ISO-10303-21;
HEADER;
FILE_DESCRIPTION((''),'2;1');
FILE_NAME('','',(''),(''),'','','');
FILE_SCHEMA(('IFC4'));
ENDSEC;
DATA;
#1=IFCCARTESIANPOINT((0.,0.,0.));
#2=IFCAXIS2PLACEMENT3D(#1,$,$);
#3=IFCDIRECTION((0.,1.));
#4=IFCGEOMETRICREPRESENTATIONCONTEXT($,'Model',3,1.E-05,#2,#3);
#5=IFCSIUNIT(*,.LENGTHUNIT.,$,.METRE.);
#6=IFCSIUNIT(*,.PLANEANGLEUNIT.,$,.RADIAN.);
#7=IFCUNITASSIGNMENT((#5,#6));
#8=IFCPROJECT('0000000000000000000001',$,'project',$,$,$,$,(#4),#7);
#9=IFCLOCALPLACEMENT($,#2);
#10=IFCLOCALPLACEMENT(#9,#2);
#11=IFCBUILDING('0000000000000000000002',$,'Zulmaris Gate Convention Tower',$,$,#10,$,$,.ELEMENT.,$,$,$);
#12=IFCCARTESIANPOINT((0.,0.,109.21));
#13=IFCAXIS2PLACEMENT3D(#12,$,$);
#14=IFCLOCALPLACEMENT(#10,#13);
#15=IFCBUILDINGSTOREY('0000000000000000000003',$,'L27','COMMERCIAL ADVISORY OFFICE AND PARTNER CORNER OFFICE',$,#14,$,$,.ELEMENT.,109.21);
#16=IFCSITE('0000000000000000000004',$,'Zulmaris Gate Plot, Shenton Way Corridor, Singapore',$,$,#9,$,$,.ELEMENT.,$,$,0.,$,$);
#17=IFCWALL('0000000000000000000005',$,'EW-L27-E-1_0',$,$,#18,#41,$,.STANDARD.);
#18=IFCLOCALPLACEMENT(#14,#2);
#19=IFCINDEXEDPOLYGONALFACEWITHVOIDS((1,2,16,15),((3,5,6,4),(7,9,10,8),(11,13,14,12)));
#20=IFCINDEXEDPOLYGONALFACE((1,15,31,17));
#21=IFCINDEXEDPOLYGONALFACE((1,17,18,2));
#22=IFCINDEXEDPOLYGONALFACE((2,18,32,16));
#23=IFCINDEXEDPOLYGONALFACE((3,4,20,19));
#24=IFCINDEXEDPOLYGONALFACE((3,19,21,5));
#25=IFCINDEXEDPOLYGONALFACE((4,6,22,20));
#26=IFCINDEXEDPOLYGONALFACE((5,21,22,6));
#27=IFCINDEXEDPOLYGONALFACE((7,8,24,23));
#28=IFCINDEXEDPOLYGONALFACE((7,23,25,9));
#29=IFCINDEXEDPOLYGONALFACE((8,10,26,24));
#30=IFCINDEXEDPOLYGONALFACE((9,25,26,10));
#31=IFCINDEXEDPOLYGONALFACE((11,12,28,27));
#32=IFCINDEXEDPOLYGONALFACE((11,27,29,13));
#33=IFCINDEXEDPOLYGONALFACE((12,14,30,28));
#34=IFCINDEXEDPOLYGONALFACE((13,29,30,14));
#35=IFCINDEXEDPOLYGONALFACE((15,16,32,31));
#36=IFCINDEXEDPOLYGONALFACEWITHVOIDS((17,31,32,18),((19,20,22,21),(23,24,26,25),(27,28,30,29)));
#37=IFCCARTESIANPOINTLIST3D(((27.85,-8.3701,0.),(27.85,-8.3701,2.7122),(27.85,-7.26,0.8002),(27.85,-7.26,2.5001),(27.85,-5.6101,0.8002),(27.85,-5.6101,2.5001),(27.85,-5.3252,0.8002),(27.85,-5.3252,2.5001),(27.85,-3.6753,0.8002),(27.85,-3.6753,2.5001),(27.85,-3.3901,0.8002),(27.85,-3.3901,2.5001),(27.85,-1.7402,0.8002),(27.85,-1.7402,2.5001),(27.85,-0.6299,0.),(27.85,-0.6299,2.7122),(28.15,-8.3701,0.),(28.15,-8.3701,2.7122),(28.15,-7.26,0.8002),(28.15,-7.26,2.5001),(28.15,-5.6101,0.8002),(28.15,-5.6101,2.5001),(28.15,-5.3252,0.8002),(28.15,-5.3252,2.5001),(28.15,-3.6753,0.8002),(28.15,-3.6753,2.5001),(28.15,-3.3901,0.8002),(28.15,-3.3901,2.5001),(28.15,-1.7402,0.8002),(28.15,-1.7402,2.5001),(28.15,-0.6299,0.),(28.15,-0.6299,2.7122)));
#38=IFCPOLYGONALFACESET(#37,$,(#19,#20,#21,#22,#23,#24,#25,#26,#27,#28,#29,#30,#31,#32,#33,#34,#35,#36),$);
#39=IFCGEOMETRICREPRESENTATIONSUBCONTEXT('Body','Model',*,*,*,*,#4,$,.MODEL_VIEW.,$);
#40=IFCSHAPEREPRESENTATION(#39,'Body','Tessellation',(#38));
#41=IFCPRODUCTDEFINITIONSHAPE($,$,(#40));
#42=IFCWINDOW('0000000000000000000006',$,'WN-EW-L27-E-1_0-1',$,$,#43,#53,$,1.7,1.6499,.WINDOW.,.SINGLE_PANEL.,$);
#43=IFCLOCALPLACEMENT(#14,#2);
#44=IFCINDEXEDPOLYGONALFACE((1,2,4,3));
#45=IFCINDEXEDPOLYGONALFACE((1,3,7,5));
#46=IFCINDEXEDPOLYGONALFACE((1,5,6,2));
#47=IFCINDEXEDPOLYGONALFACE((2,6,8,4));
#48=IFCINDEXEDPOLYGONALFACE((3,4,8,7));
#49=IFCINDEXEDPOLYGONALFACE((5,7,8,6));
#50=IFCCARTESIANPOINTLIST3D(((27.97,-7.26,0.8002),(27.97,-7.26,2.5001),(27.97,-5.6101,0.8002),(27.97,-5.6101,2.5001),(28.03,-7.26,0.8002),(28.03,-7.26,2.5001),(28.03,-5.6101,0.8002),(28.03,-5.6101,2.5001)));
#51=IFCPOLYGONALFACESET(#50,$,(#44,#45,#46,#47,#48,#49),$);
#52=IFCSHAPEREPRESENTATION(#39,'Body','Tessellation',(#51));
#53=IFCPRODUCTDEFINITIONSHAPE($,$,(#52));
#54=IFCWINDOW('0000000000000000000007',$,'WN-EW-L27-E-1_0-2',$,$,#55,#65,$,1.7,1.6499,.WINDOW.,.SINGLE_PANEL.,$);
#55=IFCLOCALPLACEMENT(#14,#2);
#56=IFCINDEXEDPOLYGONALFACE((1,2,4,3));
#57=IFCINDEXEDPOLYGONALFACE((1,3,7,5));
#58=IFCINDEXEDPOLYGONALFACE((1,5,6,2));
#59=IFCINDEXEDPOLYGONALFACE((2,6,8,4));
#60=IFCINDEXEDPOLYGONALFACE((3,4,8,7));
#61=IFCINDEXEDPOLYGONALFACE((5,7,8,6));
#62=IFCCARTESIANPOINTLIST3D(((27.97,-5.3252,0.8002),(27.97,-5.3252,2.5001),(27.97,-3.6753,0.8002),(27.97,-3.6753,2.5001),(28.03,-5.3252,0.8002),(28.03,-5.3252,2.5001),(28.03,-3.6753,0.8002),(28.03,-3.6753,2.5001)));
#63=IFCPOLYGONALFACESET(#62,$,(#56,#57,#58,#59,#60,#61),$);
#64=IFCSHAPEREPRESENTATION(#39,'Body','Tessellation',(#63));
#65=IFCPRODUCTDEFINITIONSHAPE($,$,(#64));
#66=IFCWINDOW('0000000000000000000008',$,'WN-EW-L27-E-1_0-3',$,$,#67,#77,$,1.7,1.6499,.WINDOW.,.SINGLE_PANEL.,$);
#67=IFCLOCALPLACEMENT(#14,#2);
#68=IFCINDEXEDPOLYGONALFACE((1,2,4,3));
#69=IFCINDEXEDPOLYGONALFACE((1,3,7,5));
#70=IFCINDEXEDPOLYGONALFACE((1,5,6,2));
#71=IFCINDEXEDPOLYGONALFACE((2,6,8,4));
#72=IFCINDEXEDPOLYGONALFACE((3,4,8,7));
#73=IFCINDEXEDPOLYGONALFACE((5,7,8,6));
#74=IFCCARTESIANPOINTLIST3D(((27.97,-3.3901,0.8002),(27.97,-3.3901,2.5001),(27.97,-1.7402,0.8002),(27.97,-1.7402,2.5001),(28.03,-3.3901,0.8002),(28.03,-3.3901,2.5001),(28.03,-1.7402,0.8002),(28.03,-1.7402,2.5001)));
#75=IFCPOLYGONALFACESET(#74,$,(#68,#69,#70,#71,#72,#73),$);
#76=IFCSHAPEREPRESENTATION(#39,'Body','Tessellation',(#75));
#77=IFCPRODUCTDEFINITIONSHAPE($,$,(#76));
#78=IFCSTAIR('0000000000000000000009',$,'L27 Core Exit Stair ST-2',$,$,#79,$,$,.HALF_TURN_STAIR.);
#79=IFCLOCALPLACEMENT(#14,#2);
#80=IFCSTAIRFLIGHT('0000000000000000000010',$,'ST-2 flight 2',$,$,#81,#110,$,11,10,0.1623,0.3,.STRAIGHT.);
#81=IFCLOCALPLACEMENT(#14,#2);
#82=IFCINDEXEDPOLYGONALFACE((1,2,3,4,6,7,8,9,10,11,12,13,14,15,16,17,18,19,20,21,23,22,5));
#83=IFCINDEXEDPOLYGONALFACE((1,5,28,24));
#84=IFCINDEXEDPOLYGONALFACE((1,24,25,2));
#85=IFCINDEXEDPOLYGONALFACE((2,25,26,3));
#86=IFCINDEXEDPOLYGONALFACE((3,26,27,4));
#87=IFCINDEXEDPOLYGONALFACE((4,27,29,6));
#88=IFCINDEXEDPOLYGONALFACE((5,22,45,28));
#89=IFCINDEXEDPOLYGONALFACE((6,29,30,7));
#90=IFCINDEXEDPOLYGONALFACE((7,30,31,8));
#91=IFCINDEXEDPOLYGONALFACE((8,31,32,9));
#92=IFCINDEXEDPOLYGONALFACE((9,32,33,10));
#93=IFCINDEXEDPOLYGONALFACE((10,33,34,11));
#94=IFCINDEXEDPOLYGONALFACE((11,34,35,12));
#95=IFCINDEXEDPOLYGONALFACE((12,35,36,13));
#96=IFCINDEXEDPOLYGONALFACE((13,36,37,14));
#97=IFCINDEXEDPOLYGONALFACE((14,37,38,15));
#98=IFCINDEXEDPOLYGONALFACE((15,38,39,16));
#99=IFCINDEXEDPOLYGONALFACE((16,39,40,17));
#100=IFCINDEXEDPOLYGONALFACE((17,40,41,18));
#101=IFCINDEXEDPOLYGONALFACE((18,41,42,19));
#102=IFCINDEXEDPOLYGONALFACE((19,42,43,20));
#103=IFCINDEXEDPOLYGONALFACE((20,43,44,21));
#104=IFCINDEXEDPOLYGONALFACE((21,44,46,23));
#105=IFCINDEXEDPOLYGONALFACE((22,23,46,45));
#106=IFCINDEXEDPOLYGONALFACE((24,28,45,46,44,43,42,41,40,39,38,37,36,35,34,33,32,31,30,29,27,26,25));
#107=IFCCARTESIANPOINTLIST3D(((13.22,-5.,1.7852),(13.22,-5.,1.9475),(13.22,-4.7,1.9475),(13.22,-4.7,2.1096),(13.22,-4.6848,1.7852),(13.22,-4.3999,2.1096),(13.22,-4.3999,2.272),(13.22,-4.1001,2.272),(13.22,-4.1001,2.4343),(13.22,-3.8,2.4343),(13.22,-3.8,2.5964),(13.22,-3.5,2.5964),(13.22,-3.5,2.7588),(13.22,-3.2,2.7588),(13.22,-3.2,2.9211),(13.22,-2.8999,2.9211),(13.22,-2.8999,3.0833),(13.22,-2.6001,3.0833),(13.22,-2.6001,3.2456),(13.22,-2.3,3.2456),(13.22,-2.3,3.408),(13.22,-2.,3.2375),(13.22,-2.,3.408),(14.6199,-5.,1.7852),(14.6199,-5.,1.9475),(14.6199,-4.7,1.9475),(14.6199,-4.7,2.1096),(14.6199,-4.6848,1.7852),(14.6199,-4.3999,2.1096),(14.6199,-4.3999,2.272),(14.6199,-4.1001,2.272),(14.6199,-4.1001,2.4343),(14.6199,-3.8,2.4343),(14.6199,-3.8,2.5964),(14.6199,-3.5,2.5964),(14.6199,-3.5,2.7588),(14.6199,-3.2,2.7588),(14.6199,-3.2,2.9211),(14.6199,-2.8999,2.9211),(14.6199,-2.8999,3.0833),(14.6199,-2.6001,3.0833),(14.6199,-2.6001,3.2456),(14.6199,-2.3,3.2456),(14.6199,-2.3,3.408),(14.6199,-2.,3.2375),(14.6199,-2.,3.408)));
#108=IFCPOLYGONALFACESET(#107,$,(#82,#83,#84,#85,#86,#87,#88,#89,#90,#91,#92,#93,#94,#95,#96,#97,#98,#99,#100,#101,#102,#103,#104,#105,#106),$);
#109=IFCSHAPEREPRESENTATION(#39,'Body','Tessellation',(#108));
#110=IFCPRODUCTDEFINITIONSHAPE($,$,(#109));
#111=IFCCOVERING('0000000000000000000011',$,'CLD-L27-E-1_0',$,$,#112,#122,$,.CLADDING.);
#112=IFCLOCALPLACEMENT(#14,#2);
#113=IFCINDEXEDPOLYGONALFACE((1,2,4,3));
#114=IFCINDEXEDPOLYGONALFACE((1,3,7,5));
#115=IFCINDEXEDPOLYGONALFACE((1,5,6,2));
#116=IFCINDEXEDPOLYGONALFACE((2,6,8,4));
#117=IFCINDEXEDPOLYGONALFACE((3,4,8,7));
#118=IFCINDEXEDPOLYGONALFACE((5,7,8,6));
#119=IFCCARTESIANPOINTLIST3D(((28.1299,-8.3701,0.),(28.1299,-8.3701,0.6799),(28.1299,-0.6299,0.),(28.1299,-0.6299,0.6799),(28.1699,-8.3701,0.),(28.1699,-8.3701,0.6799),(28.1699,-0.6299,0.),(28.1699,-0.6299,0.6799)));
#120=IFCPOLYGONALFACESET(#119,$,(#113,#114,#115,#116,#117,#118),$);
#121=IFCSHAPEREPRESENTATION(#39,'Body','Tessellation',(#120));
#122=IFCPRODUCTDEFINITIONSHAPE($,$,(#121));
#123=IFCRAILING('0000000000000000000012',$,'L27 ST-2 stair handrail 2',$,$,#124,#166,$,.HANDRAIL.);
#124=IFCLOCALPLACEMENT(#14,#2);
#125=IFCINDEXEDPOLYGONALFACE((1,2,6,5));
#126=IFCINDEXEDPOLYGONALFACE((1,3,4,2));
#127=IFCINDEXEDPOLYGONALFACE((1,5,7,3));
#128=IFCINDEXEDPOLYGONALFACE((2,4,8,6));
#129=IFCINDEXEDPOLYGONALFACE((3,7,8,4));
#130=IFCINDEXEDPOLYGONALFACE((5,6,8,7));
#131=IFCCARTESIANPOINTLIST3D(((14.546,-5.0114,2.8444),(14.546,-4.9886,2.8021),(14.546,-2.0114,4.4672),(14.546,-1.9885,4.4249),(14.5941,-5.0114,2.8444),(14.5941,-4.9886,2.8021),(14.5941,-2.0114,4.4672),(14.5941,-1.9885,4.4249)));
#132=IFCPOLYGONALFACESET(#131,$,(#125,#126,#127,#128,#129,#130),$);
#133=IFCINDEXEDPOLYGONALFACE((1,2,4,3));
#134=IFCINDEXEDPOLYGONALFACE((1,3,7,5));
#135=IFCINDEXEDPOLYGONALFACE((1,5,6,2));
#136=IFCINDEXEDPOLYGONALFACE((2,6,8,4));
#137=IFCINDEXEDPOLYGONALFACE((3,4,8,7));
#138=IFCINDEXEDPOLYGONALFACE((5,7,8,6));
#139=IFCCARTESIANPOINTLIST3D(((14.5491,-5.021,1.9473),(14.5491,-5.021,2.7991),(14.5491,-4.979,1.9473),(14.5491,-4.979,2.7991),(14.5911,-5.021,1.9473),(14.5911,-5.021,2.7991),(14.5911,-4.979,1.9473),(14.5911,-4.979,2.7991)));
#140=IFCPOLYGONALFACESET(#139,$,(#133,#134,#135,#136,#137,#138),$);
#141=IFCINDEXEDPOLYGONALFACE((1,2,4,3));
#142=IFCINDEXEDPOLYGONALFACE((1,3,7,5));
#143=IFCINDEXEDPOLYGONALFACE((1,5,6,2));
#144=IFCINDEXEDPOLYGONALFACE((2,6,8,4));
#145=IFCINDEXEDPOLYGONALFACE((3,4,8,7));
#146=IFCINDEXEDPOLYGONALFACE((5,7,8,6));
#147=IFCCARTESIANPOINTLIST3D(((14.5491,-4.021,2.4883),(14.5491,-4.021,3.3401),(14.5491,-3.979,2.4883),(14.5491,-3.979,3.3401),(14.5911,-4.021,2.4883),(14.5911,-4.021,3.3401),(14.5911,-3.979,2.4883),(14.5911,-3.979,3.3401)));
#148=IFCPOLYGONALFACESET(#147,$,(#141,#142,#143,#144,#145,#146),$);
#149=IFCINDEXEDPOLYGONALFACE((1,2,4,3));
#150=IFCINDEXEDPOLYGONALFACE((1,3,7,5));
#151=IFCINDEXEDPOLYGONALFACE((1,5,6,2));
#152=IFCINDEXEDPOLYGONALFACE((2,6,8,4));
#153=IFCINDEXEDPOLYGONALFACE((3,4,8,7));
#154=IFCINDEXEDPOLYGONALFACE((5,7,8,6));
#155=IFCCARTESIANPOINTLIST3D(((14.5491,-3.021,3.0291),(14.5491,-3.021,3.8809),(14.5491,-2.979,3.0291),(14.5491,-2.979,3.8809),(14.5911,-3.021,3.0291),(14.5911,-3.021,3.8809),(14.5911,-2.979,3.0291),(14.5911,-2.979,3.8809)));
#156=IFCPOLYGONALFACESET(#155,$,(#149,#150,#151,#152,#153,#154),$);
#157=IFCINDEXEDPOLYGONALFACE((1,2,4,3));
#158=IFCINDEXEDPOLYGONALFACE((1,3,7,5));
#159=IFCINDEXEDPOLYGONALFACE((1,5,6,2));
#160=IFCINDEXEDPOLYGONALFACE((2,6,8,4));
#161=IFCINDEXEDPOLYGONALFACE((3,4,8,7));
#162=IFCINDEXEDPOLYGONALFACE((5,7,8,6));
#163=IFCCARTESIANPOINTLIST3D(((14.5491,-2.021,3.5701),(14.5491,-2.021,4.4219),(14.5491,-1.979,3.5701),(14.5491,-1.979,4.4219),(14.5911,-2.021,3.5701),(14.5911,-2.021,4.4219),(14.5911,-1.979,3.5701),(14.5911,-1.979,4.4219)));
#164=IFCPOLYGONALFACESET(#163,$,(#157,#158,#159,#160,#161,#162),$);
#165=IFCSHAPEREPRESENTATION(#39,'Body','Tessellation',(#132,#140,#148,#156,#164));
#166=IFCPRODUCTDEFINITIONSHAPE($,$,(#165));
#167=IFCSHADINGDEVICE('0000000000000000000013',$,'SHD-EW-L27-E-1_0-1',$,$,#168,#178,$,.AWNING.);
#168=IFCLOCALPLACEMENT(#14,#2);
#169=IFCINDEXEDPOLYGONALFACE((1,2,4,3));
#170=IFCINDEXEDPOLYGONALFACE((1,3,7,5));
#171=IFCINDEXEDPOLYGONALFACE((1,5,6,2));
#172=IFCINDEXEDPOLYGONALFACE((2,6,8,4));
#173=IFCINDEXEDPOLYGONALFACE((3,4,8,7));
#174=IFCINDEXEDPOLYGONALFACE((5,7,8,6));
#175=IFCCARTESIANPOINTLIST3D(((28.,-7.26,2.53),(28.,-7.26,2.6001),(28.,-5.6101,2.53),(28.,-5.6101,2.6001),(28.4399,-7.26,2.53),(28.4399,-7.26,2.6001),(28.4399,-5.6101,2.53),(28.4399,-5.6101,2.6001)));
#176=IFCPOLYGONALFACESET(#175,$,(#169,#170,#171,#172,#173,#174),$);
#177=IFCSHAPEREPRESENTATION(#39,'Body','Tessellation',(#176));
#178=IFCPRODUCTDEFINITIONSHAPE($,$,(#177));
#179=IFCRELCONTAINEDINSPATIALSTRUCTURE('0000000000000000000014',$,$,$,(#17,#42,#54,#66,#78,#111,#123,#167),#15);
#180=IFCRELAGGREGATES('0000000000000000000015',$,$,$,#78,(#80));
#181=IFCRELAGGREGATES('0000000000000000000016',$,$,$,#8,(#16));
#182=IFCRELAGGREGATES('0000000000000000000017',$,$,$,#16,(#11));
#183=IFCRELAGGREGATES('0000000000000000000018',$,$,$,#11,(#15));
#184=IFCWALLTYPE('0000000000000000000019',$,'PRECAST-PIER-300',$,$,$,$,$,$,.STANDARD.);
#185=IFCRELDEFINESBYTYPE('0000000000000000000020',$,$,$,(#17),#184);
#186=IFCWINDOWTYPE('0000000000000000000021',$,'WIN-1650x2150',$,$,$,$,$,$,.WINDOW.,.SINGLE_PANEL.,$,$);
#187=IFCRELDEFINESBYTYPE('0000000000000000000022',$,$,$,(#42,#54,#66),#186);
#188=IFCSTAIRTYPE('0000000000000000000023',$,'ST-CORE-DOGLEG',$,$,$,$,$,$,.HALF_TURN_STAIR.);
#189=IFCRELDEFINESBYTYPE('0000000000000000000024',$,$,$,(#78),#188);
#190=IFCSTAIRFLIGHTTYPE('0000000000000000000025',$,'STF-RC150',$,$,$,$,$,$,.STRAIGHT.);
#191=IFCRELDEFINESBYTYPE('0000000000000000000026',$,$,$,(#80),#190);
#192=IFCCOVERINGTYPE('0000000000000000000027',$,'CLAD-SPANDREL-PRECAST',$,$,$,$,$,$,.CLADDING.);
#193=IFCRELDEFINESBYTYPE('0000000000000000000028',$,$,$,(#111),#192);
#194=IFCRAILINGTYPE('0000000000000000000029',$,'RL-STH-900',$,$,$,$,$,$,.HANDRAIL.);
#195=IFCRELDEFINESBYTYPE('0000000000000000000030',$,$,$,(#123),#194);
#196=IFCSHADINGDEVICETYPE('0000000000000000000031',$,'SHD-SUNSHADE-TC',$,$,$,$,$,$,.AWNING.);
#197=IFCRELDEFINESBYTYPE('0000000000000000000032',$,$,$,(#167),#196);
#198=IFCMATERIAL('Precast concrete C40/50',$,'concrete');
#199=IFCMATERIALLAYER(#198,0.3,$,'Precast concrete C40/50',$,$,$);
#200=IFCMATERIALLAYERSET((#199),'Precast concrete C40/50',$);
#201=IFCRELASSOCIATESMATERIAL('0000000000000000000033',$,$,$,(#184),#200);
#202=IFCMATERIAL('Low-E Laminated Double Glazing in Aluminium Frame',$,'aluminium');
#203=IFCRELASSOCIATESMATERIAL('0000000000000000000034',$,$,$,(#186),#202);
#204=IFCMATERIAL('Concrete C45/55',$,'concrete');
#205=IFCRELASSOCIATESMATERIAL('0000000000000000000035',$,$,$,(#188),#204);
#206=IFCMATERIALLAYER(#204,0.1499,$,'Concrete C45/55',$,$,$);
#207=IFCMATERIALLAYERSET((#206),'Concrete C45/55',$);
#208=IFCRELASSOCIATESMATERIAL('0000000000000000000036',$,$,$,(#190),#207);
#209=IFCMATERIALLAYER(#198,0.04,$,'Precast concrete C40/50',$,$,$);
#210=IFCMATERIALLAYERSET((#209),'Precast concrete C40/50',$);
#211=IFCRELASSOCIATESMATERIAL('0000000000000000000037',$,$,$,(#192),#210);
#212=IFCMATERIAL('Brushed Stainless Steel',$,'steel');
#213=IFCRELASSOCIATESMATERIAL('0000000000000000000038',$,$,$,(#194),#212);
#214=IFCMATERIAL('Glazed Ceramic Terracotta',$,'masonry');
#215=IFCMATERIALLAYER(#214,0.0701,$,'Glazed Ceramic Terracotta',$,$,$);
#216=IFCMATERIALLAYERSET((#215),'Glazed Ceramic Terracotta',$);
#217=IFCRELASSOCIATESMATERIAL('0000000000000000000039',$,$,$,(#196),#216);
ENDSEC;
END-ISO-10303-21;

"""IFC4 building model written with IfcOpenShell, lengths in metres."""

from ifc_helpers import new_model, si_unit, direction, frame, frame_2d, origin, origin_2d, place, context, subcontext, project, spatial, polyline, rectangle, outline, extrude, material, layer, layer_set, type_object, element, fill, aggregate, save


model = new_model("IFC4")

# Units and contexts
model_context = context("Model", 3, precision=1e-05, world=origin(), true_north=direction((0.0, 1.0)))
body_context = subcontext(model_context, "Body", "Model", "MODEL_VIEW")
ifc_project = project(units=[si_unit("LENGTHUNIT", "METRE"), si_unit("PLANEANGLEUNIT", "RADIAN")], contexts=[model_context])

# Site, building, storey
site_placement = place(None, origin())
site = spatial("IfcSite", under=ifc_project, at=site_placement, Name="Zulmaris Gate Plot, Shenton Way Corridor, Singapore", CompositionType="ELEMENT", RefElevation=0.0)
building_placement = place(site_placement, origin())
building = spatial("IfcBuilding", under=site, at=building_placement, Name="Zulmaris Gate Convention Tower", CompositionType="ELEMENT")
storey_placement = place(building_placement, frame((0.0, 0.0, 109.21)))
storey = spatial("IfcBuildingStorey", under=building, at=storey_placement, Name="L27", Description="COMMERCIAL ADVISORY OFFICE AND PARTNER CORNER OFFICE", CompositionType="ELEMENT", Elevation=109.21)

# Shared definitions
ifc_material_1 = material(Name="Brushed Stainless Steel", Category="steel")

# Wall, openings, windows
ifc_material_2 = material(Name="Precast concrete C40/50", Category="concrete")
ifc_layer_1 = layer(ifc_material_2, 0.3, Name="Precast concrete C40/50")
ifc_layer_set_1 = layer_set([ifc_layer_1], Name="Precast concrete C40/50")
wall_type_1 = type_object("IfcWallType", Name="PRECAST-PIER-300", PredefinedType="STANDARD", material=ifc_layer_set_1)
wall_1_placement = place(storey_placement, frame((28.0, -8.3701, 0.0), z_axis=(0.0, 0.0, 1.0), x_axis=(0.0, 1.0, 0.0)))
wall_1 = element("IfcWall", 1, at=wall_1_placement, inside=storey, type_object=wall_type_1, Name="EW-L27-E-1_0", PredefinedType="STANDARD", context=body_context, shape_type="SweptSolid", body=[
    extrude(rectangle(XDim=7.7402, YDim=0.3, at=frame_2d((3.8701, 0.0))), origin(), (0.0, 0.0, 1.0), 2.7122),
])
opening_1_placement = place(wall_1_placement, frame((1.1101, 0.0, 0.8)))
opening_1 = element("IfcOpeningElement", 2, at=opening_1_placement, cuts=wall_1, PredefinedType="OPENING", context=body_context, shape_type="SweptSolid", body=[
    extrude(rectangle(XDim=1.6499, YDim=1.7, at=frame_2d((0.825, 0.8501))), frame((0.0, 0.1602, 0.0), z_axis=(0.0, -1.0, 0.0), x_axis=(1.0, 0.0, 0.0)), (0.0, 0.0, 1.0), 0.3201),
])
opening_2_placement = place(wall_1_placement, frame((3.0449, 0.0, 0.8)))
opening_2 = element("IfcOpeningElement", 3, at=opening_2_placement, cuts=wall_1, PredefinedType="OPENING", context=body_context, shape_type="SweptSolid", body=[
    extrude(rectangle(XDim=1.6499, YDim=1.7, at=frame_2d((0.825, 0.8501))), frame((0.0, 0.1602, 0.0), z_axis=(0.0, -1.0, 0.0), x_axis=(1.0, 0.0, 0.0)), (0.0, 0.0, 1.0), 0.3201),
])
opening_3_placement = place(wall_1_placement, frame((4.98, 0.0, 0.8)))
opening_3 = element("IfcOpeningElement", 4, at=opening_3_placement, cuts=wall_1, PredefinedType="OPENING", context=body_context, shape_type="SweptSolid", body=[
    extrude(rectangle(XDim=1.6499, YDim=1.7, at=frame_2d((0.825, 0.8501))), frame((0.0, 0.1602, 0.0), z_axis=(0.0, -1.0, 0.0), x_axis=(1.0, 0.0, 0.0)), (0.0, 0.0, 1.0), 0.3201),
])
ifc_material_3 = material(Name="Low-E Laminated Double Glazing in Aluminium Frame", Category="aluminium")
window_type = type_object("IfcWindowType", Name="WIN-1650x2150", PartitioningType="SINGLE_PANEL", PredefinedType="WINDOW", material=ifc_material_3)
window_1_placement = place(opening_1_placement, origin())
window_1 = element("IfcWindow", 5, at=window_1_placement, inside=storey, type_object=window_type, Name="WN-EW-L27-E-1_0-1", OverallHeight=1.7, OverallWidth=1.6499, PartitioningType="SINGLE_PANEL", PredefinedType="WINDOW", context=body_context, shape_type="SweptSolid", body=[
    extrude(rectangle(XDim=1.6499, YDim=1.7, at=frame_2d((0.825, 0.8501))), frame((0.0, 0.03, 0.0), z_axis=(0.0, -1.0, 0.0), x_axis=(1.0, 0.0, 0.0)), (0.0, 0.0, 1.0), 0.0601),
])
fill(opening_1, window_1)
window_2_placement = place(opening_2_placement, origin())
window_2 = element("IfcWindow", 6, at=window_2_placement, inside=storey, type_object=window_type, Name="WN-EW-L27-E-1_0-2", OverallHeight=1.7, OverallWidth=1.6499, PartitioningType="SINGLE_PANEL", PredefinedType="WINDOW", context=body_context, shape_type="SweptSolid", body=[
    extrude(rectangle(XDim=1.6499, YDim=1.7, at=frame_2d((0.825, 0.8501))), frame((0.0, 0.03, 0.0), z_axis=(0.0, -1.0, 0.0), x_axis=(1.0, 0.0, 0.0)), (0.0, 0.0, 1.0), 0.0601),
])
fill(opening_2, window_2)
window_3_placement = place(opening_3_placement, origin())
window_3 = element("IfcWindow", 7, at=window_3_placement, inside=storey, type_object=window_type, Name="WN-EW-L27-E-1_0-3", OverallHeight=1.7, OverallWidth=1.6499, PartitioningType="SINGLE_PANEL", PredefinedType="WINDOW", context=body_context, shape_type="SweptSolid", body=[
    extrude(rectangle(XDim=1.6499, YDim=1.7, at=frame_2d((0.825, 0.8501))), frame((0.0, 0.03, 0.0), z_axis=(0.0, -1.0, 0.0), x_axis=(1.0, 0.0, 0.0)), (0.0, 0.0, 1.0), 0.0601),
])
fill(opening_3, window_3)

# Stair, stair flight
ifc_material_4 = material(Name="Concrete C45/55", Category="concrete")
stair_type = type_object("IfcStairType", Name="ST-CORE-DOGLEG", PredefinedType="HALF_TURN_STAIR", material=ifc_material_4)
stair_placement = place(storey_placement, origin())
stair = element("IfcStair", 8, at=stair_placement, inside=storey, type_object=stair_type, Name="L27 Core Exit Stair ST-2", PredefinedType="HALF_TURN_STAIR")
ifc_layer_2 = layer(ifc_material_4, 0.1499, Name="Concrete C45/55")
ifc_layer_set_2 = layer_set([ifc_layer_2], Name="Concrete C45/55")
stair_flight_type = type_object("IfcStairFlightType", Name="STF-RC150", PredefinedType="STRAIGHT", material=ifc_layer_set_2)
stair_flight_placement = place(storey_placement, frame((13.9199, -5.0, 1.7852), z_axis=(0.0, 0.0, 1.0), x_axis=(0.0, 1.0, 0.0)))
stair_flight = element("IfcStairFlight", 9, at=stair_flight_placement, type_object=stair_flight_type, Name="ST-2 flight 2", NumberOfRisers=11, NumberOfTreads=10, PredefinedType="STRAIGHT", RiserHeight=0.1623, TreadLength=0.3, context=body_context, shape_type="SweptSolid", body=[
    extrude(outline(polyline([(0.0, 0.0), (0.0, 0.1624), (0.3, 0.1624), (0.3, 0.3245), (0.6001, 0.3245), (0.6001, 0.4868), (0.8999, 0.4868), (0.8999, 0.6492), (1.2, 0.6492), (1.2, 0.8113), (1.5, 0.8113), (1.5, 0.9736), (1.8, 0.9736), (1.8, 1.136), (2.1001, 1.136), (2.1001, 1.2981), (2.3999, 1.2981), (2.3999, 1.4604), (2.7, 1.4604), (2.7, 1.6228), (3.0, 1.6228), (3.0, 1.7849), (3.0, 1.4524), (0.3152, 0.0), (0.0, 0.0)])), frame((0.0, 0.7, 0.0), z_axis=(0.0, -1.0, 0.0), x_axis=(1.0, 0.0, 0.0)), (0.0, 0.0, 1.0), 1.3999),
])
aggregate(stair, [stair_flight])

# Covering
ifc_layer_3 = layer(ifc_material_2, 0.04, Name="Precast concrete C40/50")
ifc_layer_set_3 = layer_set([ifc_layer_3], Name="Precast concrete C40/50")
covering_type = type_object("IfcCoveringType", Name="CLAD-SPANDREL-PRECAST", PredefinedType="CLADDING", material=ifc_layer_set_3)
covering_placement = place(storey_placement, frame((28.1499, -8.3701, 0.0), z_axis=(0.0, 0.0, 1.0), x_axis=(0.0, 1.0, 0.0)))
element("IfcCovering", 10, at=covering_placement, inside=storey, type_object=covering_type, Name="CLD-L27-E-1_0", PredefinedType="CLADDING", context=body_context, shape_type="SweptSolid", body=[
    extrude(rectangle(XDim=7.7402, YDim=0.04, at=frame_2d((3.8701, 0.0))), origin(), (0.0, 0.0, 1.0), 0.6799),
])

# Railing
railing_type = type_object("IfcRailingType", Name="RL-STH-900", PredefinedType="HANDRAIL", material=ifc_material_1)
railing_placement = place(storey_placement, frame((14.5701, -5.0, 1.9473)))
element("IfcRailing", 11, at=railing_placement, inside=storey, type_object=railing_type, Name="L27 ST-2 stair handrail 2", PredefinedType="HANDRAIL", context=body_context, shape_type="SweptSolid", body=[
    extrude(rectangle(XDim=0.0481, YDim=0.0481, at=origin_2d()), frame((0.0, 0.0, 0.876), z_axis=(0.0, 0.879562, 0.475785), x_axis=(-1.0, 0.0, 0.0)), (0.0, 0.0, 1.0), 3.4109),
    extrude(rectangle(XDim=0.042, YDim=0.042, at=origin_2d()), origin(), (0.0, 0.0, 1.0), 0.8518),
    extrude(rectangle(XDim=0.042, YDim=0.042, at=origin_2d()), frame((0.0, 1.0, 0.541)), (0.0, 0.0, 1.0), 0.8518),
    extrude(rectangle(XDim=0.042, YDim=0.042, at=origin_2d()), frame((0.0, 2.0, 1.0818)), (0.0, 0.0, 1.0), 0.8518),
    extrude(rectangle(XDim=0.042, YDim=0.042, at=origin_2d()), frame((0.0, 3.0, 1.6228)), (0.0, 0.0, 1.0), 0.8518),
])

# Shading device
ifc_material_5 = material(Name="Glazed Ceramic Terracotta", Category="masonry")
ifc_layer_4 = layer(ifc_material_5, 0.0701, Name="Glazed Ceramic Terracotta")
ifc_layer_set_4 = layer_set([ifc_layer_4], Name="Glazed Ceramic Terracotta")
shading_device_type = type_object("IfcShadingDeviceType", Name="SHD-SUNSHADE-TC", PredefinedType="AWNING", material=ifc_layer_set_4)
for number, where, z_axis, x_axis, name in (
    (12, (28.22, -7.26, 2.53), (0.0, 0.0, 1.0), (0.0, 1.0, 0.0), "SHD-EW-L27-E-1_0-1"),
):
    element("IfcShadingDevice", number, at=place(storey_placement, frame(where, z_axis=z_axis, x_axis=x_axis)), inside=storey, type_object=shading_device_type, Name=name, PredefinedType="AWNING", context=body_context, shape_type="SweptSolid", body=[
        extrude(rectangle(XDim=1.6499, YDim=0.4399, at=frame_2d((0.825, 0.0))), origin(), (0.0, 0.0, 1.0), 0.0701),
    ])

save(model, "model.ifc")
